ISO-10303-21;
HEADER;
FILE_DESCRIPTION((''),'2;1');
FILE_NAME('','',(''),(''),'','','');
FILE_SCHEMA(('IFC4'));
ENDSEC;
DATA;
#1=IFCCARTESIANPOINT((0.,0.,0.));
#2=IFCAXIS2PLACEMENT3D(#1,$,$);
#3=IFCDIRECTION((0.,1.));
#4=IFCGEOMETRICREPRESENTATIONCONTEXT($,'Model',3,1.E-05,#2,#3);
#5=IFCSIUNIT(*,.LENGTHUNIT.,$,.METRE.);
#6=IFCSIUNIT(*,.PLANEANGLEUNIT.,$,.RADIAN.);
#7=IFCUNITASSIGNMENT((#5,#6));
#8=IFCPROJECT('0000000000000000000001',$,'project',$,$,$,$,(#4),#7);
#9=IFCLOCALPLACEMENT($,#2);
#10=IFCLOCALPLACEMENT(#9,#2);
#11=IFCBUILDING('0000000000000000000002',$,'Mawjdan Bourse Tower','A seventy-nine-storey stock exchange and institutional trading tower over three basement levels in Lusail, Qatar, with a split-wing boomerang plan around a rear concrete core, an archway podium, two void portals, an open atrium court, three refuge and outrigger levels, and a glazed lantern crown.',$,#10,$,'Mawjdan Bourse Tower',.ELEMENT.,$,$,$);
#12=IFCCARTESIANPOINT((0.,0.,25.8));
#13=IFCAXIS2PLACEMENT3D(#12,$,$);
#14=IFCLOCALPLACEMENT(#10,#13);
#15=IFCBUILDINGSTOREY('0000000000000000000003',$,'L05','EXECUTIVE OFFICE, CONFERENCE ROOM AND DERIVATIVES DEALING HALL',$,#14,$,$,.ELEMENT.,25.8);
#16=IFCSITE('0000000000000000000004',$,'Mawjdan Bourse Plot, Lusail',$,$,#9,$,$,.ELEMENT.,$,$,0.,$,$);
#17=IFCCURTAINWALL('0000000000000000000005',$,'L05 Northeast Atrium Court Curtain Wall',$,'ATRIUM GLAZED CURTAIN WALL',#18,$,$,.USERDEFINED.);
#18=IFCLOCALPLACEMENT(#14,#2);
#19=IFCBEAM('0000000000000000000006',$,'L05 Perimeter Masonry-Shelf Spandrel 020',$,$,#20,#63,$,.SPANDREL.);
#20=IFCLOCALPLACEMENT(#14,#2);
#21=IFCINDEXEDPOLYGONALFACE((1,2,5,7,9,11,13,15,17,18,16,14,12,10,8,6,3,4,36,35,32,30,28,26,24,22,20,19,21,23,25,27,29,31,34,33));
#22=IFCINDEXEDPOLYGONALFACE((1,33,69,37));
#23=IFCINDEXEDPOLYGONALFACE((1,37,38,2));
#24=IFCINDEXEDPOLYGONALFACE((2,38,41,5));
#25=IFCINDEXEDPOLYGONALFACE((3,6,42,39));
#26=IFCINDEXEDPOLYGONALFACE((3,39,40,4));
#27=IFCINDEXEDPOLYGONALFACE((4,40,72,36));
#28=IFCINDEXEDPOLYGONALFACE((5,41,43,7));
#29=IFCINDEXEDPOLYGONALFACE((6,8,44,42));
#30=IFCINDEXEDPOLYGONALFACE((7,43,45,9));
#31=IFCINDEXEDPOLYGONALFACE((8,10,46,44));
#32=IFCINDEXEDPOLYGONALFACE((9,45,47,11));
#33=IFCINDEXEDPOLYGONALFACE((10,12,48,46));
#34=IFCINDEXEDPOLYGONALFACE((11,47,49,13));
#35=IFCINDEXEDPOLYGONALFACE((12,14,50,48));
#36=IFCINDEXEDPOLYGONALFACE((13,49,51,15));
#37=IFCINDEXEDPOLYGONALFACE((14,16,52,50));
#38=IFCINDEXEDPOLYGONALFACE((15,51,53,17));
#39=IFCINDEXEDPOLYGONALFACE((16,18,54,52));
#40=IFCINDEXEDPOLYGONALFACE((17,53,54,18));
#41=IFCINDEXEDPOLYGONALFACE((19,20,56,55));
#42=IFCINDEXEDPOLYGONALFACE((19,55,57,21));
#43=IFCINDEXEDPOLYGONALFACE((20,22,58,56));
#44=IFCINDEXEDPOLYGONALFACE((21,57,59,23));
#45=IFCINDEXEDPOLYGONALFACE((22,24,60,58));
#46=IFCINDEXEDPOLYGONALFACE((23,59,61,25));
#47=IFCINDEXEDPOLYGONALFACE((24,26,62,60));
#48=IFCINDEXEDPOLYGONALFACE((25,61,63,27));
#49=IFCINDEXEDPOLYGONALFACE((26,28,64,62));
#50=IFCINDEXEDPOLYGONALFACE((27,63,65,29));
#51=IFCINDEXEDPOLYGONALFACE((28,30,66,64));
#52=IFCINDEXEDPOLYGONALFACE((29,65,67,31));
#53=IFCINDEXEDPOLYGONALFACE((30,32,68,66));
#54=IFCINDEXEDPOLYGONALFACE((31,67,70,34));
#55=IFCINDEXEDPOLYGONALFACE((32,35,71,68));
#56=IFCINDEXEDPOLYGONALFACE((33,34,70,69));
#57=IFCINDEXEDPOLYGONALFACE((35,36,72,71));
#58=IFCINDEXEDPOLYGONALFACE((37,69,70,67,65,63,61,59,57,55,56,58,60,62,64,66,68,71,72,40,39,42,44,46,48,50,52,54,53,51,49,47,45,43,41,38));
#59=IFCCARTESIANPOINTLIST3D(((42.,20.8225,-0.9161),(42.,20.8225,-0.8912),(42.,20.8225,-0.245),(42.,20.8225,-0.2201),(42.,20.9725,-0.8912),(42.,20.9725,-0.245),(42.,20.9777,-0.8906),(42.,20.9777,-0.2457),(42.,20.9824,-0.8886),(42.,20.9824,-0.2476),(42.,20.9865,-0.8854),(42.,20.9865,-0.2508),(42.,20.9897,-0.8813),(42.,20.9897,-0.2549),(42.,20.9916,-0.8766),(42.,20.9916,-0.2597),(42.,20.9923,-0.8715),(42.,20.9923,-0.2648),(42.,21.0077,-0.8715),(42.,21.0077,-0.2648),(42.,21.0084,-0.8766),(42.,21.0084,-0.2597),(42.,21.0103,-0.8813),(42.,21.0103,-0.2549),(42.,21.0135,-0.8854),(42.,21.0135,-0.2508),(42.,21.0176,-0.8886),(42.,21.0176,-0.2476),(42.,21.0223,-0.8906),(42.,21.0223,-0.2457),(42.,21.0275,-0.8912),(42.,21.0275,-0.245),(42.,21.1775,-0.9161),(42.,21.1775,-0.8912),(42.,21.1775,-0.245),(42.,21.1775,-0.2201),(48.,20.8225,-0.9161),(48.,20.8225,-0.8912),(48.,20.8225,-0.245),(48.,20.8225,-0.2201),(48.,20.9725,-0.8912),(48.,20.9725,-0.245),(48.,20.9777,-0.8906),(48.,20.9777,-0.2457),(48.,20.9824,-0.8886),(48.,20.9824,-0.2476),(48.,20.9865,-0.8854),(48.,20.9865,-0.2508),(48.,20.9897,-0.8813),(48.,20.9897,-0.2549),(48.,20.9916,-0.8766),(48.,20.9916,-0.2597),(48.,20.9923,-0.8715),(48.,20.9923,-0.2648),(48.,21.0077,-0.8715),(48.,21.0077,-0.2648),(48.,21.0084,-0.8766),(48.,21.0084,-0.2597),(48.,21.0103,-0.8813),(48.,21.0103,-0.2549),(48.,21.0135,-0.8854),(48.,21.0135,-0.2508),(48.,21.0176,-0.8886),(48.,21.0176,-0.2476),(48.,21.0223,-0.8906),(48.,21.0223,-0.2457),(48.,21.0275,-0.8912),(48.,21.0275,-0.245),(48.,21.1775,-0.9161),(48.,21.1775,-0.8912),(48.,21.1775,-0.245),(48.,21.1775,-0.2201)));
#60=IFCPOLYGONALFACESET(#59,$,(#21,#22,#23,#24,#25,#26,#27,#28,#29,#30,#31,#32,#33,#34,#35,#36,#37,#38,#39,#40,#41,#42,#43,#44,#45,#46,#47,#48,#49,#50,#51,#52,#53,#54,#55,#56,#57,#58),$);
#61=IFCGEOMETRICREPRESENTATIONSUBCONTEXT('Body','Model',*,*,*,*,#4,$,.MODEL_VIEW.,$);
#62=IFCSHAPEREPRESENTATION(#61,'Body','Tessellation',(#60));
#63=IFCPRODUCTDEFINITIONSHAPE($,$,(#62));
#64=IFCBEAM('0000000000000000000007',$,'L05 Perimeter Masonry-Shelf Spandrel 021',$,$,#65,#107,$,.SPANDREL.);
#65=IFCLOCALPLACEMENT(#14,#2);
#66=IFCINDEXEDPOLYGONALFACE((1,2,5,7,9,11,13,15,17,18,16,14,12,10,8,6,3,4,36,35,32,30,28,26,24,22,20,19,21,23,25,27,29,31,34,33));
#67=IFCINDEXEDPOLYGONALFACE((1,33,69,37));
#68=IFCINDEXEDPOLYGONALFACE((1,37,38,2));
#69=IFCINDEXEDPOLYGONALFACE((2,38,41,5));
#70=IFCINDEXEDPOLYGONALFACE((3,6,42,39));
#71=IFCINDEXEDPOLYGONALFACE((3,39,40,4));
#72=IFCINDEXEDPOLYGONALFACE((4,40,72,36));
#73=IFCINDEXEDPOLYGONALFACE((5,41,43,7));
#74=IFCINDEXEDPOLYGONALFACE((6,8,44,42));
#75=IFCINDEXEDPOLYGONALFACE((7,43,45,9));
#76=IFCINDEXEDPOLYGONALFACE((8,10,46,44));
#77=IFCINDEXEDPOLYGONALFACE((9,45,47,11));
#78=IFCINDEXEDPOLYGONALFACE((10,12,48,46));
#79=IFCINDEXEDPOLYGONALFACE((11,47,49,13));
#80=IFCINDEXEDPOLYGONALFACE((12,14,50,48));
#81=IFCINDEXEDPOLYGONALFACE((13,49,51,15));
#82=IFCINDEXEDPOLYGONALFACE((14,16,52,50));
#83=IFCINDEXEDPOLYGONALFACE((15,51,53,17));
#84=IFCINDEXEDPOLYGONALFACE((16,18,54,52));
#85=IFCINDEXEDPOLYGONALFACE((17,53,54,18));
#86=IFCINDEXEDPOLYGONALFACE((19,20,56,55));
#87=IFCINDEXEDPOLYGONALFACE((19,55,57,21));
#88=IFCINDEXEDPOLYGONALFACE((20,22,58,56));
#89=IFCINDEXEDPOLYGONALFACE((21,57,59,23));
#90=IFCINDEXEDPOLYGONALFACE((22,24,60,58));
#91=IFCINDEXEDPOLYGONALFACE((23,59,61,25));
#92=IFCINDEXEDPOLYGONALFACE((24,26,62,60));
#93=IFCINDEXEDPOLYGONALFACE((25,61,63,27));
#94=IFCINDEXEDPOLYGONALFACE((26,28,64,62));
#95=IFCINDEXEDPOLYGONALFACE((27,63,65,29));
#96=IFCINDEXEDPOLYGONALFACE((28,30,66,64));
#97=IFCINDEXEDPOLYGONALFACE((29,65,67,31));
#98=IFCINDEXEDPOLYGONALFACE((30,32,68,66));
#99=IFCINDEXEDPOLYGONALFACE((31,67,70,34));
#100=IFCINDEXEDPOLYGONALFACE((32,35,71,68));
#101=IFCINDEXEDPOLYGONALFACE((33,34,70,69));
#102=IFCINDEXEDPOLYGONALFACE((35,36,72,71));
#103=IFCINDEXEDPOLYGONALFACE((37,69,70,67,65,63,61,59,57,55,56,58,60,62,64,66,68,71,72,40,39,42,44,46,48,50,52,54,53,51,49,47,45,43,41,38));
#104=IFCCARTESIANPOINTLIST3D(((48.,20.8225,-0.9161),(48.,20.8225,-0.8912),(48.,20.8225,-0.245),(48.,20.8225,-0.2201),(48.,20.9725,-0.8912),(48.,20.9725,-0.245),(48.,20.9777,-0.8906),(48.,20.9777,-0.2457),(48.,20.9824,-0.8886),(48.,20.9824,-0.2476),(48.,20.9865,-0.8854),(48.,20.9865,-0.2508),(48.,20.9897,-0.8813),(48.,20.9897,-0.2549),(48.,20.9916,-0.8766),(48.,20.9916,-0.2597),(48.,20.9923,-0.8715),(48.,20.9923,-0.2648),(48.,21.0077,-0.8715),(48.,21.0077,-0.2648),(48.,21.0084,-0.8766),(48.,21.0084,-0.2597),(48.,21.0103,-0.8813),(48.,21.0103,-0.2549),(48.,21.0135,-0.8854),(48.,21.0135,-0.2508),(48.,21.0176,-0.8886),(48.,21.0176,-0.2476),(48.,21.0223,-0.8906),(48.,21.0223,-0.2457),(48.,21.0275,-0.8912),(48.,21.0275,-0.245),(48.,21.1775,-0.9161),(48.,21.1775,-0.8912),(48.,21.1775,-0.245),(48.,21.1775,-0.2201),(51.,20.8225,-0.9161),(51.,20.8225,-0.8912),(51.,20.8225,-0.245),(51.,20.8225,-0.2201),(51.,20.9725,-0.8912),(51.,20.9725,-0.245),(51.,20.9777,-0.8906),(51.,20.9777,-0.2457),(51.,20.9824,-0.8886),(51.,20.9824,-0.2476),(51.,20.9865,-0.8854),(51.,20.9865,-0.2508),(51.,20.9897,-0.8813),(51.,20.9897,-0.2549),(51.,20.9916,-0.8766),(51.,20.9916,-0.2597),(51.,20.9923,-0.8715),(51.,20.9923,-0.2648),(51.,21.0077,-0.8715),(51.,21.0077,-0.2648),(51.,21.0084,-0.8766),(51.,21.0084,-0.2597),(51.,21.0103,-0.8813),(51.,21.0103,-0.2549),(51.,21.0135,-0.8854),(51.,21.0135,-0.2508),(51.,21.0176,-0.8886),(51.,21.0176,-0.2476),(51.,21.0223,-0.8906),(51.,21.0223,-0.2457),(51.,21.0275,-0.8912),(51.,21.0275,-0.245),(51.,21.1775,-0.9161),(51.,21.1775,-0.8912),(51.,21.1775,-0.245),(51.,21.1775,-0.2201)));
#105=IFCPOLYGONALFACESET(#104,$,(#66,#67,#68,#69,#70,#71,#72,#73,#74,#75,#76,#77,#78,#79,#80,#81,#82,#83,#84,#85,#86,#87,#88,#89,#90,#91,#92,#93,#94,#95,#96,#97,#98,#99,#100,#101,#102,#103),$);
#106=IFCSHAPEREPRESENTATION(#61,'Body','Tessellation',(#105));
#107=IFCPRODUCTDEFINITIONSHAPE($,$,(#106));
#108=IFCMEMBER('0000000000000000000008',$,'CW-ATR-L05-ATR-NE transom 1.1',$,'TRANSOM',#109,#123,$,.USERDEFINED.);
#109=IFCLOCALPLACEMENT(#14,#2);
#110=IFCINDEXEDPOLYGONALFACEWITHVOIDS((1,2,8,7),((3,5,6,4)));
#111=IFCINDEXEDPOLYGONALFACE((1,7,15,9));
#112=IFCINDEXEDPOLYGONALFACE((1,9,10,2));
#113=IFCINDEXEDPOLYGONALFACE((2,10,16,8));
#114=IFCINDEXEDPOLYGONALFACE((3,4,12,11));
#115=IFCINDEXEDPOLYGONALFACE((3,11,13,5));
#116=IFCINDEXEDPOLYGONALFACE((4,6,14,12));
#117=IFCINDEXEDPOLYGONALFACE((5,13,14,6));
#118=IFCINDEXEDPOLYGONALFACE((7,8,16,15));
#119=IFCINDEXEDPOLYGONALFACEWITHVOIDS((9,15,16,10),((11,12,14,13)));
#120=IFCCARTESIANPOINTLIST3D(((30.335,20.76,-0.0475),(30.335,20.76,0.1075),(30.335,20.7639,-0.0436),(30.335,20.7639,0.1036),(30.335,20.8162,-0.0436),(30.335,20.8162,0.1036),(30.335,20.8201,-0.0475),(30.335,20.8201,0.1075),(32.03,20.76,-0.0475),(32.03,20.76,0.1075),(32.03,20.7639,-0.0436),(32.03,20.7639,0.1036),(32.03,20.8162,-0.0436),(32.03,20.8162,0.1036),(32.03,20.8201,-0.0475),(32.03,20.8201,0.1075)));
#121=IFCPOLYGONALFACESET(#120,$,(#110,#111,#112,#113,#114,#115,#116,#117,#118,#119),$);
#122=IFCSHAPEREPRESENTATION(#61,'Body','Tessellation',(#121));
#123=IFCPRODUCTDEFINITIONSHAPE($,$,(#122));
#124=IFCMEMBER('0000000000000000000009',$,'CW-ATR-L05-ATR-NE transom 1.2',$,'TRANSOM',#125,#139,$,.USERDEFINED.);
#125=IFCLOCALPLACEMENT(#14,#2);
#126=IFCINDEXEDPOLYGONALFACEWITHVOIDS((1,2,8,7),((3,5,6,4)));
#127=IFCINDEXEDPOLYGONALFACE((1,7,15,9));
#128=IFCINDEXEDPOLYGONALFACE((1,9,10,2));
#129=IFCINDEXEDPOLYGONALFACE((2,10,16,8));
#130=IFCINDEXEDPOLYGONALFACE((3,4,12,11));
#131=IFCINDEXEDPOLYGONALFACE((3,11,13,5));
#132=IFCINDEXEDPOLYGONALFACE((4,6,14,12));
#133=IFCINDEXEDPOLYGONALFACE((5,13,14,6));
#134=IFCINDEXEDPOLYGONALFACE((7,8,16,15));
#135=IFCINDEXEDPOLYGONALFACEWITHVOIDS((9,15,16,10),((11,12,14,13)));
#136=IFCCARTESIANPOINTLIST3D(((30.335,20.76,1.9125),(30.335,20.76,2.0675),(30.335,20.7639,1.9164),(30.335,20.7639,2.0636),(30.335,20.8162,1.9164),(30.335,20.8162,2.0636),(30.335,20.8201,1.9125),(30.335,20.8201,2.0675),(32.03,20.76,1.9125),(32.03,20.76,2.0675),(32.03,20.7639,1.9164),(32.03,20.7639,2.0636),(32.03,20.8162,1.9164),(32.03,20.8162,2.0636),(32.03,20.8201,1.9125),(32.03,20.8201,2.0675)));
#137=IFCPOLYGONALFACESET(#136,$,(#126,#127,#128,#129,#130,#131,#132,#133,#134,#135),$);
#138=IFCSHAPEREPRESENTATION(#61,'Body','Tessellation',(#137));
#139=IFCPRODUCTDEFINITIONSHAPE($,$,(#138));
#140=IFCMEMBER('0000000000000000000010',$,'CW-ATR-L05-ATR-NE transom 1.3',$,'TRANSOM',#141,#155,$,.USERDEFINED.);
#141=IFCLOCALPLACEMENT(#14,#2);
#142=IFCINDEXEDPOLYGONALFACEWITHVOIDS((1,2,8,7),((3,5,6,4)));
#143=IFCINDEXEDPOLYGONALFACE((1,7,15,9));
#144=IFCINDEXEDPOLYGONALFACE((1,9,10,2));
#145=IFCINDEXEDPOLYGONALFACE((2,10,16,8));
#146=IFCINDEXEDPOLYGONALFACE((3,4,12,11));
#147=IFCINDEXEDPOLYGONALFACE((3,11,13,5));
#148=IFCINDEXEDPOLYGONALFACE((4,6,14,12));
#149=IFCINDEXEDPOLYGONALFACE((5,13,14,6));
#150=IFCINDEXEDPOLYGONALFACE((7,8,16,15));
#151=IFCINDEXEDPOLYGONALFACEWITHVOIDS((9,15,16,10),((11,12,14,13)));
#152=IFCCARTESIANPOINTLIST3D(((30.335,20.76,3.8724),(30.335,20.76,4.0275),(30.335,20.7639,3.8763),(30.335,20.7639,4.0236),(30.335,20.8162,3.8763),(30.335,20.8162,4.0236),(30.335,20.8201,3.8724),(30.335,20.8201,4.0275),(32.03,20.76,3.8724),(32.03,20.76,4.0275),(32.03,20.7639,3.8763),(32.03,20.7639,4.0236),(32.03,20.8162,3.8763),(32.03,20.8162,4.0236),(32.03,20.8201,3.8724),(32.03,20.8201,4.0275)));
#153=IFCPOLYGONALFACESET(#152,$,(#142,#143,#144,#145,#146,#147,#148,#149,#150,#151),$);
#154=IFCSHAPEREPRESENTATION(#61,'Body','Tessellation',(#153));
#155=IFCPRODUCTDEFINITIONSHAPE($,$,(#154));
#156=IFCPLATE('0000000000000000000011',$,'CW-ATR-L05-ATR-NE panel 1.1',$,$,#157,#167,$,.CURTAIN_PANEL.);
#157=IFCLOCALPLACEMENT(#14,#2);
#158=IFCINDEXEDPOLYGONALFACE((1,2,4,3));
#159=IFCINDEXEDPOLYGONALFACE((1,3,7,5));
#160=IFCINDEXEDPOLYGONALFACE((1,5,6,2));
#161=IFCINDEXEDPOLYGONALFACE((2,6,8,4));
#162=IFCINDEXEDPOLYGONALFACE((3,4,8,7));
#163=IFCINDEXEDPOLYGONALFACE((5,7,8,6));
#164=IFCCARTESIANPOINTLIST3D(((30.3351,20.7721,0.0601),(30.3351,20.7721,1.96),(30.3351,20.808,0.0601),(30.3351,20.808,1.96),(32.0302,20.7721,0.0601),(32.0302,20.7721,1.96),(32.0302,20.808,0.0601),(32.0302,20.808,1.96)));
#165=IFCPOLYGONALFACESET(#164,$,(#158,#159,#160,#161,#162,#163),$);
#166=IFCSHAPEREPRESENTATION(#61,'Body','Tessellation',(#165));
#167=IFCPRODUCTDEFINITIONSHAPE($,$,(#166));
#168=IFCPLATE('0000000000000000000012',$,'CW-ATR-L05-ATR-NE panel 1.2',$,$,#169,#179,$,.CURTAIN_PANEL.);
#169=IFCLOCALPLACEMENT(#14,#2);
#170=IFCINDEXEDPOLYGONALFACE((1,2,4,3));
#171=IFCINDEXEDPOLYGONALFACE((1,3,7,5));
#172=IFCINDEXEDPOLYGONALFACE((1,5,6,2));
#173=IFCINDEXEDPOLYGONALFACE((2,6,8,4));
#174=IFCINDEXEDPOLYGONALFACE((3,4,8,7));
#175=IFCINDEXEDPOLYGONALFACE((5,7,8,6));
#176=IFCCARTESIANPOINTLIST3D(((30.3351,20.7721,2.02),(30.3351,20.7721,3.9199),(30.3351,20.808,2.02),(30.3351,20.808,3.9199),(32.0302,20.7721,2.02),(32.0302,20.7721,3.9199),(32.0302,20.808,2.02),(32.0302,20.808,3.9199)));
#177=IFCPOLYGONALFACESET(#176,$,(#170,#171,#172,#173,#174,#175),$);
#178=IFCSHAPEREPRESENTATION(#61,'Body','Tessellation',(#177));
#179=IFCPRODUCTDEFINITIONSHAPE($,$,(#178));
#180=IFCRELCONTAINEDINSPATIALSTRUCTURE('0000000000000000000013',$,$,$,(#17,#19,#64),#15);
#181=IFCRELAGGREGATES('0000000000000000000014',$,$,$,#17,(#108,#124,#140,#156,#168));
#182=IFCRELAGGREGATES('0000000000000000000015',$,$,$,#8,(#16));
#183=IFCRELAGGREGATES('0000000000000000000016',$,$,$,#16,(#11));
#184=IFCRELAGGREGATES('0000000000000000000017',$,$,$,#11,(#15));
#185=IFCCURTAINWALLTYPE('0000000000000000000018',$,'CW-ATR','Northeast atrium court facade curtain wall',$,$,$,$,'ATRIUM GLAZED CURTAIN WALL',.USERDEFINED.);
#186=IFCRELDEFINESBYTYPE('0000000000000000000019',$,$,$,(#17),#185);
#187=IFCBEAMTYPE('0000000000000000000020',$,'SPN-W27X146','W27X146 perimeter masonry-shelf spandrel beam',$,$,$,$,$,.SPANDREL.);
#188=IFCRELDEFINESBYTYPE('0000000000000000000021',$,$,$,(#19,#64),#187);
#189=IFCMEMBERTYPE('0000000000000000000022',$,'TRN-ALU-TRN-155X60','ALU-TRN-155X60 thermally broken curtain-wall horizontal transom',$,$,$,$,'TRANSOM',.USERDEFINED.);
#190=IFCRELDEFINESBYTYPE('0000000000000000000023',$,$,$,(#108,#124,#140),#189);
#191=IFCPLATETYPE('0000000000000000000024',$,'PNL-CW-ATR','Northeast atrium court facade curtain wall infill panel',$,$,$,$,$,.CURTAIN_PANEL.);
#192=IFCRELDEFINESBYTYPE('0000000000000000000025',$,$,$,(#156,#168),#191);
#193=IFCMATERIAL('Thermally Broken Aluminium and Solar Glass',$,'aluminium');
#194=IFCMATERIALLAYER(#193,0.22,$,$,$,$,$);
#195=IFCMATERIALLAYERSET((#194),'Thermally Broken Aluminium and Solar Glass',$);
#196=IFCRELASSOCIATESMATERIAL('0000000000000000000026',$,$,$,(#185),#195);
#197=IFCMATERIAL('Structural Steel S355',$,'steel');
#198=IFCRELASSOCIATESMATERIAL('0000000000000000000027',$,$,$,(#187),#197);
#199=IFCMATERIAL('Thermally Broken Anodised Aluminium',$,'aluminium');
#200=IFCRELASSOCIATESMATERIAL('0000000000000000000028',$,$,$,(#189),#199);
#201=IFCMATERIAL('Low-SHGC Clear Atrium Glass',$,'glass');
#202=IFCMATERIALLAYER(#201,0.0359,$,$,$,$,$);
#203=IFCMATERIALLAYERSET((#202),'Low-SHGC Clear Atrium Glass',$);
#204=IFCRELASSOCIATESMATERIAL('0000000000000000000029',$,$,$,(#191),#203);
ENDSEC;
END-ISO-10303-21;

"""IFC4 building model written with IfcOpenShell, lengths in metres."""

from ifc_helpers import new_model, si_unit, direction, frame, origin, origin_2d, place, context, subcontext, project, spatial, rectangle, hollow_rectangle, i_section, extrude, material, layer, layer_set, material_profile, profile_set, type_object, element, aggregate, save


model = new_model("IFC4")

# Units and contexts
model_context = context("Model", 3, precision=1e-05, world=origin(), true_north=direction((0.0, 1.0)))
body_context = subcontext(model_context, "Body", "Model", "MODEL_VIEW")
ifc_project = project(units=[si_unit("LENGTHUNIT", "METRE"), si_unit("PLANEANGLEUNIT", "RADIAN")], contexts=[model_context])

# Site, building, storey
site_placement = place(None, origin())
site = spatial("IfcSite", under=ifc_project, at=site_placement, Name="Mawjdan Bourse Plot, Lusail", CompositionType="ELEMENT", RefElevation=0.0)
building_placement = place(site_placement, origin())
building = spatial("IfcBuilding", under=site, at=building_placement, Name="Mawjdan Bourse Tower", Description="A seventy-nine-storey stock exchange and institutional trading tower over three basement levels in Lusail, Qatar, with a split-wing boomerang plan around a rear concrete core, an archway podium, two void portals, an open atrium court, three refuge and outrigger levels, and a glazed lantern crown.", LongName="Mawjdan Bourse Tower", CompositionType="ELEMENT")
storey_placement = place(building_placement, frame((0.0, 0.0, 25.8)))
storey = spatial("IfcBuildingStorey", under=building, at=storey_placement, Name="L05", Description="EXECUTIVE OFFICE, CONFERENCE ROOM AND DERIVATIVES DEALING HALL", CompositionType="ELEMENT", Elevation=25.8)

# Shared definitions
ifc_material_1 = material(Name="Structural Steel S355", Category="steel")

# Curtain wall
ifc_material_2 = material(Name="Thermally Broken Aluminium and Solar Glass", Category="aluminium")
ifc_layer_1 = layer(ifc_material_2, 0.22)
ifc_layer_set_1 = layer_set([ifc_layer_1], Name="Thermally Broken Aluminium and Solar Glass")
curtain_wall_type = type_object("IfcCurtainWallType", Name="CW-ATR", Description="Northeast atrium court facade curtain wall", ElementType="ATRIUM GLAZED CURTAIN WALL", PredefinedType="USERDEFINED", material=ifc_layer_set_1)
curtain_wall_placement = place(storey_placement, origin())
curtain_wall = element("IfcCurtainWall", 1, at=curtain_wall_placement, inside=storey, type_object=curtain_wall_type, Name="L05 Northeast Atrium Court Curtain Wall", ObjectType="ATRIUM GLAZED CURTAIN WALL", PredefinedType="USERDEFINED")
ifc_material_3 = material(Name="Thermally Broken Anodised Aluminium", Category="aluminium")

# Beams
ifc_material_profile_1 = material_profile(ifc_material_1, i_section(OverallWidth=0.355, OverallDepth=0.696, WebThickness=0.0154, FlangeThickness=0.0249, FilletRadius=0.0198, at=origin_2d()), Name="W27X146")
ifc_profile_set_1 = profile_set([ifc_material_profile_1], Name="Structural Steel S355")
beam_type_1 = type_object("IfcBeamType", Name="SPN-W27X146", Description="W27X146 perimeter masonry-shelf spandrel beam", PredefinedType="SPANDREL", material=ifc_profile_set_1)
beam_1_placement = place(storey_placement, frame((42.0, 21.0, -0.5681), z_axis=(1.0, 0.0, 0.0), x_axis=(0.0, 1.0, 0.0)))
element("IfcBeam", 2, at=beam_1_placement, inside=storey, type_object=beam_type_1, Name="L05 Perimeter Masonry-Shelf Spandrel 020", PredefinedType="SPANDREL", context=body_context, shape_type="SweptSolid", body=[
    extrude(i_section(OverallWidth=0.355, OverallDepth=0.696, WebThickness=0.0154, FlangeThickness=0.0249, FilletRadius=0.0198, at=origin_2d()), origin(), (0.0, 0.0, 1.0), 6.0),
])
beam_2_placement = place(storey_placement, frame((48.0, 21.0, -0.5681), z_axis=(1.0, 0.0, 0.0), x_axis=(0.0, 1.0, 0.0)))
element("IfcBeam", 3, at=beam_2_placement, inside=storey, type_object=beam_type_1, Name="L05 Perimeter Masonry-Shelf Spandrel 021", PredefinedType="SPANDREL", context=body_context, shape_type="SweptSolid", body=[
    extrude(i_section(OverallWidth=0.355, OverallDepth=0.696, WebThickness=0.0154, FlangeThickness=0.0249, FilletRadius=0.0198, at=origin_2d()), origin(), (0.0, 0.0, 1.0), 3.0),
])

# Members
ifc_material_profile_2 = material_profile(ifc_material_3, hollow_rectangle(XDim=0.0601, YDim=0.155, WallThickness=0.0039, at=origin_2d()), Name="ALU-TRN-155X60")
ifc_profile_set_2 = profile_set([ifc_material_profile_2], Name="Thermally Broken Anodised Aluminium")
member_type_1 = type_object("IfcMemberType", Name="TRN-ALU-TRN-155X60", Description="ALU-TRN-155X60 thermally broken curtain-wall horizontal transom", ElementType="TRANSOM", PredefinedType="USERDEFINED", material=ifc_profile_set_2)
member_1_placement = place(storey_placement, frame((32.03, 20.79, 0.03), z_axis=(-1.0, 0.0, 0.0), x_axis=(0.0, -1.0, 0.0)))
member_1 = element("IfcMember", 4, at=member_1_placement, type_object=member_type_1, Name="CW-ATR-L05-ATR-NE transom 1.1", ObjectType="TRANSOM", PredefinedType="USERDEFINED", context=body_context, shape_type="SweptSolid", body=[
    extrude(hollow_rectangle(XDim=0.0601, YDim=0.155, WallThickness=0.0039, at=origin_2d()), origin(), (0.0, 0.0, 1.0), 1.6951),
])
member_2_placement = place(storey_placement, frame((32.03, 20.79, 1.99), z_axis=(-1.0, 0.0, 0.0), x_axis=(0.0, -1.0, 0.0)))
member_2 = element("IfcMember", 5, at=member_2_placement, type_object=member_type_1, Name="CW-ATR-L05-ATR-NE transom 1.2", ObjectType="TRANSOM", PredefinedType="USERDEFINED", context=body_context, shape_type="SweptSolid", body=[
    extrude(hollow_rectangle(XDim=0.0601, YDim=0.155, WallThickness=0.0039, at=origin_2d()), origin(), (0.0, 0.0, 1.0), 1.6951),
])
member_3_placement = place(storey_placement, frame((32.03, 20.79, 3.95), z_axis=(-1.0, 0.0, 0.0), x_axis=(0.0, -1.0, 0.0)))
member_3 = element("IfcMember", 6, at=member_3_placement, type_object=member_type_1, Name="CW-ATR-L05-ATR-NE transom 1.3", ObjectType="TRANSOM", PredefinedType="USERDEFINED", context=body_context, shape_type="SweptSolid", body=[
    extrude(hollow_rectangle(XDim=0.0601, YDim=0.155, WallThickness=0.0039, at=origin_2d()), origin(), (0.0, 0.0, 1.0), 1.6951),
])

# Plates
ifc_material_4 = material(Name="Low-SHGC Clear Atrium Glass", Category="glass")
ifc_layer_2 = layer(ifc_material_4, 0.0359)
ifc_layer_set_2 = layer_set([ifc_layer_2], Name="Low-SHGC Clear Atrium Glass")
plate_type = type_object("IfcPlateType", Name="PNL-CW-ATR", Description="Northeast atrium court facade curtain wall infill panel", PredefinedType="CURTAIN_PANEL", material=ifc_layer_set_2)
plate_1_placement = place(storey_placement, frame((31.1826, 20.79, 0.0601), z_axis=(0.0, 0.0, 1.0), x_axis=(-1.0, 0.0, 0.0)))
plate_1 = element("IfcPlate", 7, at=plate_1_placement, type_object=plate_type, Name="CW-ATR-L05-ATR-NE panel 1.1", PredefinedType="CURTAIN_PANEL", context=body_context, shape_type="SweptSolid", body=[
    extrude(rectangle(XDim=1.6951, YDim=0.0359, at=origin_2d()), origin(), (0.0, 0.0, 1.0), 1.8999),
])
plate_2_placement = place(storey_placement, frame((31.1826, 20.79, 2.02), z_axis=(0.0, 0.0, 1.0), x_axis=(-1.0, 0.0, 0.0)))
plate_2 = element("IfcPlate", 8, at=plate_2_placement, type_object=plate_type, Name="CW-ATR-L05-ATR-NE panel 1.2", PredefinedType="CURTAIN_PANEL", context=body_context, shape_type="SweptSolid", body=[
    extrude(rectangle(XDim=1.6951, YDim=0.0359, at=origin_2d()), origin(), (0.0, 0.0, 1.0), 1.8999),
])
aggregate(curtain_wall, [member_1, member_2, member_3, plate_1, plate_2])

save(model, "model.ifc")
